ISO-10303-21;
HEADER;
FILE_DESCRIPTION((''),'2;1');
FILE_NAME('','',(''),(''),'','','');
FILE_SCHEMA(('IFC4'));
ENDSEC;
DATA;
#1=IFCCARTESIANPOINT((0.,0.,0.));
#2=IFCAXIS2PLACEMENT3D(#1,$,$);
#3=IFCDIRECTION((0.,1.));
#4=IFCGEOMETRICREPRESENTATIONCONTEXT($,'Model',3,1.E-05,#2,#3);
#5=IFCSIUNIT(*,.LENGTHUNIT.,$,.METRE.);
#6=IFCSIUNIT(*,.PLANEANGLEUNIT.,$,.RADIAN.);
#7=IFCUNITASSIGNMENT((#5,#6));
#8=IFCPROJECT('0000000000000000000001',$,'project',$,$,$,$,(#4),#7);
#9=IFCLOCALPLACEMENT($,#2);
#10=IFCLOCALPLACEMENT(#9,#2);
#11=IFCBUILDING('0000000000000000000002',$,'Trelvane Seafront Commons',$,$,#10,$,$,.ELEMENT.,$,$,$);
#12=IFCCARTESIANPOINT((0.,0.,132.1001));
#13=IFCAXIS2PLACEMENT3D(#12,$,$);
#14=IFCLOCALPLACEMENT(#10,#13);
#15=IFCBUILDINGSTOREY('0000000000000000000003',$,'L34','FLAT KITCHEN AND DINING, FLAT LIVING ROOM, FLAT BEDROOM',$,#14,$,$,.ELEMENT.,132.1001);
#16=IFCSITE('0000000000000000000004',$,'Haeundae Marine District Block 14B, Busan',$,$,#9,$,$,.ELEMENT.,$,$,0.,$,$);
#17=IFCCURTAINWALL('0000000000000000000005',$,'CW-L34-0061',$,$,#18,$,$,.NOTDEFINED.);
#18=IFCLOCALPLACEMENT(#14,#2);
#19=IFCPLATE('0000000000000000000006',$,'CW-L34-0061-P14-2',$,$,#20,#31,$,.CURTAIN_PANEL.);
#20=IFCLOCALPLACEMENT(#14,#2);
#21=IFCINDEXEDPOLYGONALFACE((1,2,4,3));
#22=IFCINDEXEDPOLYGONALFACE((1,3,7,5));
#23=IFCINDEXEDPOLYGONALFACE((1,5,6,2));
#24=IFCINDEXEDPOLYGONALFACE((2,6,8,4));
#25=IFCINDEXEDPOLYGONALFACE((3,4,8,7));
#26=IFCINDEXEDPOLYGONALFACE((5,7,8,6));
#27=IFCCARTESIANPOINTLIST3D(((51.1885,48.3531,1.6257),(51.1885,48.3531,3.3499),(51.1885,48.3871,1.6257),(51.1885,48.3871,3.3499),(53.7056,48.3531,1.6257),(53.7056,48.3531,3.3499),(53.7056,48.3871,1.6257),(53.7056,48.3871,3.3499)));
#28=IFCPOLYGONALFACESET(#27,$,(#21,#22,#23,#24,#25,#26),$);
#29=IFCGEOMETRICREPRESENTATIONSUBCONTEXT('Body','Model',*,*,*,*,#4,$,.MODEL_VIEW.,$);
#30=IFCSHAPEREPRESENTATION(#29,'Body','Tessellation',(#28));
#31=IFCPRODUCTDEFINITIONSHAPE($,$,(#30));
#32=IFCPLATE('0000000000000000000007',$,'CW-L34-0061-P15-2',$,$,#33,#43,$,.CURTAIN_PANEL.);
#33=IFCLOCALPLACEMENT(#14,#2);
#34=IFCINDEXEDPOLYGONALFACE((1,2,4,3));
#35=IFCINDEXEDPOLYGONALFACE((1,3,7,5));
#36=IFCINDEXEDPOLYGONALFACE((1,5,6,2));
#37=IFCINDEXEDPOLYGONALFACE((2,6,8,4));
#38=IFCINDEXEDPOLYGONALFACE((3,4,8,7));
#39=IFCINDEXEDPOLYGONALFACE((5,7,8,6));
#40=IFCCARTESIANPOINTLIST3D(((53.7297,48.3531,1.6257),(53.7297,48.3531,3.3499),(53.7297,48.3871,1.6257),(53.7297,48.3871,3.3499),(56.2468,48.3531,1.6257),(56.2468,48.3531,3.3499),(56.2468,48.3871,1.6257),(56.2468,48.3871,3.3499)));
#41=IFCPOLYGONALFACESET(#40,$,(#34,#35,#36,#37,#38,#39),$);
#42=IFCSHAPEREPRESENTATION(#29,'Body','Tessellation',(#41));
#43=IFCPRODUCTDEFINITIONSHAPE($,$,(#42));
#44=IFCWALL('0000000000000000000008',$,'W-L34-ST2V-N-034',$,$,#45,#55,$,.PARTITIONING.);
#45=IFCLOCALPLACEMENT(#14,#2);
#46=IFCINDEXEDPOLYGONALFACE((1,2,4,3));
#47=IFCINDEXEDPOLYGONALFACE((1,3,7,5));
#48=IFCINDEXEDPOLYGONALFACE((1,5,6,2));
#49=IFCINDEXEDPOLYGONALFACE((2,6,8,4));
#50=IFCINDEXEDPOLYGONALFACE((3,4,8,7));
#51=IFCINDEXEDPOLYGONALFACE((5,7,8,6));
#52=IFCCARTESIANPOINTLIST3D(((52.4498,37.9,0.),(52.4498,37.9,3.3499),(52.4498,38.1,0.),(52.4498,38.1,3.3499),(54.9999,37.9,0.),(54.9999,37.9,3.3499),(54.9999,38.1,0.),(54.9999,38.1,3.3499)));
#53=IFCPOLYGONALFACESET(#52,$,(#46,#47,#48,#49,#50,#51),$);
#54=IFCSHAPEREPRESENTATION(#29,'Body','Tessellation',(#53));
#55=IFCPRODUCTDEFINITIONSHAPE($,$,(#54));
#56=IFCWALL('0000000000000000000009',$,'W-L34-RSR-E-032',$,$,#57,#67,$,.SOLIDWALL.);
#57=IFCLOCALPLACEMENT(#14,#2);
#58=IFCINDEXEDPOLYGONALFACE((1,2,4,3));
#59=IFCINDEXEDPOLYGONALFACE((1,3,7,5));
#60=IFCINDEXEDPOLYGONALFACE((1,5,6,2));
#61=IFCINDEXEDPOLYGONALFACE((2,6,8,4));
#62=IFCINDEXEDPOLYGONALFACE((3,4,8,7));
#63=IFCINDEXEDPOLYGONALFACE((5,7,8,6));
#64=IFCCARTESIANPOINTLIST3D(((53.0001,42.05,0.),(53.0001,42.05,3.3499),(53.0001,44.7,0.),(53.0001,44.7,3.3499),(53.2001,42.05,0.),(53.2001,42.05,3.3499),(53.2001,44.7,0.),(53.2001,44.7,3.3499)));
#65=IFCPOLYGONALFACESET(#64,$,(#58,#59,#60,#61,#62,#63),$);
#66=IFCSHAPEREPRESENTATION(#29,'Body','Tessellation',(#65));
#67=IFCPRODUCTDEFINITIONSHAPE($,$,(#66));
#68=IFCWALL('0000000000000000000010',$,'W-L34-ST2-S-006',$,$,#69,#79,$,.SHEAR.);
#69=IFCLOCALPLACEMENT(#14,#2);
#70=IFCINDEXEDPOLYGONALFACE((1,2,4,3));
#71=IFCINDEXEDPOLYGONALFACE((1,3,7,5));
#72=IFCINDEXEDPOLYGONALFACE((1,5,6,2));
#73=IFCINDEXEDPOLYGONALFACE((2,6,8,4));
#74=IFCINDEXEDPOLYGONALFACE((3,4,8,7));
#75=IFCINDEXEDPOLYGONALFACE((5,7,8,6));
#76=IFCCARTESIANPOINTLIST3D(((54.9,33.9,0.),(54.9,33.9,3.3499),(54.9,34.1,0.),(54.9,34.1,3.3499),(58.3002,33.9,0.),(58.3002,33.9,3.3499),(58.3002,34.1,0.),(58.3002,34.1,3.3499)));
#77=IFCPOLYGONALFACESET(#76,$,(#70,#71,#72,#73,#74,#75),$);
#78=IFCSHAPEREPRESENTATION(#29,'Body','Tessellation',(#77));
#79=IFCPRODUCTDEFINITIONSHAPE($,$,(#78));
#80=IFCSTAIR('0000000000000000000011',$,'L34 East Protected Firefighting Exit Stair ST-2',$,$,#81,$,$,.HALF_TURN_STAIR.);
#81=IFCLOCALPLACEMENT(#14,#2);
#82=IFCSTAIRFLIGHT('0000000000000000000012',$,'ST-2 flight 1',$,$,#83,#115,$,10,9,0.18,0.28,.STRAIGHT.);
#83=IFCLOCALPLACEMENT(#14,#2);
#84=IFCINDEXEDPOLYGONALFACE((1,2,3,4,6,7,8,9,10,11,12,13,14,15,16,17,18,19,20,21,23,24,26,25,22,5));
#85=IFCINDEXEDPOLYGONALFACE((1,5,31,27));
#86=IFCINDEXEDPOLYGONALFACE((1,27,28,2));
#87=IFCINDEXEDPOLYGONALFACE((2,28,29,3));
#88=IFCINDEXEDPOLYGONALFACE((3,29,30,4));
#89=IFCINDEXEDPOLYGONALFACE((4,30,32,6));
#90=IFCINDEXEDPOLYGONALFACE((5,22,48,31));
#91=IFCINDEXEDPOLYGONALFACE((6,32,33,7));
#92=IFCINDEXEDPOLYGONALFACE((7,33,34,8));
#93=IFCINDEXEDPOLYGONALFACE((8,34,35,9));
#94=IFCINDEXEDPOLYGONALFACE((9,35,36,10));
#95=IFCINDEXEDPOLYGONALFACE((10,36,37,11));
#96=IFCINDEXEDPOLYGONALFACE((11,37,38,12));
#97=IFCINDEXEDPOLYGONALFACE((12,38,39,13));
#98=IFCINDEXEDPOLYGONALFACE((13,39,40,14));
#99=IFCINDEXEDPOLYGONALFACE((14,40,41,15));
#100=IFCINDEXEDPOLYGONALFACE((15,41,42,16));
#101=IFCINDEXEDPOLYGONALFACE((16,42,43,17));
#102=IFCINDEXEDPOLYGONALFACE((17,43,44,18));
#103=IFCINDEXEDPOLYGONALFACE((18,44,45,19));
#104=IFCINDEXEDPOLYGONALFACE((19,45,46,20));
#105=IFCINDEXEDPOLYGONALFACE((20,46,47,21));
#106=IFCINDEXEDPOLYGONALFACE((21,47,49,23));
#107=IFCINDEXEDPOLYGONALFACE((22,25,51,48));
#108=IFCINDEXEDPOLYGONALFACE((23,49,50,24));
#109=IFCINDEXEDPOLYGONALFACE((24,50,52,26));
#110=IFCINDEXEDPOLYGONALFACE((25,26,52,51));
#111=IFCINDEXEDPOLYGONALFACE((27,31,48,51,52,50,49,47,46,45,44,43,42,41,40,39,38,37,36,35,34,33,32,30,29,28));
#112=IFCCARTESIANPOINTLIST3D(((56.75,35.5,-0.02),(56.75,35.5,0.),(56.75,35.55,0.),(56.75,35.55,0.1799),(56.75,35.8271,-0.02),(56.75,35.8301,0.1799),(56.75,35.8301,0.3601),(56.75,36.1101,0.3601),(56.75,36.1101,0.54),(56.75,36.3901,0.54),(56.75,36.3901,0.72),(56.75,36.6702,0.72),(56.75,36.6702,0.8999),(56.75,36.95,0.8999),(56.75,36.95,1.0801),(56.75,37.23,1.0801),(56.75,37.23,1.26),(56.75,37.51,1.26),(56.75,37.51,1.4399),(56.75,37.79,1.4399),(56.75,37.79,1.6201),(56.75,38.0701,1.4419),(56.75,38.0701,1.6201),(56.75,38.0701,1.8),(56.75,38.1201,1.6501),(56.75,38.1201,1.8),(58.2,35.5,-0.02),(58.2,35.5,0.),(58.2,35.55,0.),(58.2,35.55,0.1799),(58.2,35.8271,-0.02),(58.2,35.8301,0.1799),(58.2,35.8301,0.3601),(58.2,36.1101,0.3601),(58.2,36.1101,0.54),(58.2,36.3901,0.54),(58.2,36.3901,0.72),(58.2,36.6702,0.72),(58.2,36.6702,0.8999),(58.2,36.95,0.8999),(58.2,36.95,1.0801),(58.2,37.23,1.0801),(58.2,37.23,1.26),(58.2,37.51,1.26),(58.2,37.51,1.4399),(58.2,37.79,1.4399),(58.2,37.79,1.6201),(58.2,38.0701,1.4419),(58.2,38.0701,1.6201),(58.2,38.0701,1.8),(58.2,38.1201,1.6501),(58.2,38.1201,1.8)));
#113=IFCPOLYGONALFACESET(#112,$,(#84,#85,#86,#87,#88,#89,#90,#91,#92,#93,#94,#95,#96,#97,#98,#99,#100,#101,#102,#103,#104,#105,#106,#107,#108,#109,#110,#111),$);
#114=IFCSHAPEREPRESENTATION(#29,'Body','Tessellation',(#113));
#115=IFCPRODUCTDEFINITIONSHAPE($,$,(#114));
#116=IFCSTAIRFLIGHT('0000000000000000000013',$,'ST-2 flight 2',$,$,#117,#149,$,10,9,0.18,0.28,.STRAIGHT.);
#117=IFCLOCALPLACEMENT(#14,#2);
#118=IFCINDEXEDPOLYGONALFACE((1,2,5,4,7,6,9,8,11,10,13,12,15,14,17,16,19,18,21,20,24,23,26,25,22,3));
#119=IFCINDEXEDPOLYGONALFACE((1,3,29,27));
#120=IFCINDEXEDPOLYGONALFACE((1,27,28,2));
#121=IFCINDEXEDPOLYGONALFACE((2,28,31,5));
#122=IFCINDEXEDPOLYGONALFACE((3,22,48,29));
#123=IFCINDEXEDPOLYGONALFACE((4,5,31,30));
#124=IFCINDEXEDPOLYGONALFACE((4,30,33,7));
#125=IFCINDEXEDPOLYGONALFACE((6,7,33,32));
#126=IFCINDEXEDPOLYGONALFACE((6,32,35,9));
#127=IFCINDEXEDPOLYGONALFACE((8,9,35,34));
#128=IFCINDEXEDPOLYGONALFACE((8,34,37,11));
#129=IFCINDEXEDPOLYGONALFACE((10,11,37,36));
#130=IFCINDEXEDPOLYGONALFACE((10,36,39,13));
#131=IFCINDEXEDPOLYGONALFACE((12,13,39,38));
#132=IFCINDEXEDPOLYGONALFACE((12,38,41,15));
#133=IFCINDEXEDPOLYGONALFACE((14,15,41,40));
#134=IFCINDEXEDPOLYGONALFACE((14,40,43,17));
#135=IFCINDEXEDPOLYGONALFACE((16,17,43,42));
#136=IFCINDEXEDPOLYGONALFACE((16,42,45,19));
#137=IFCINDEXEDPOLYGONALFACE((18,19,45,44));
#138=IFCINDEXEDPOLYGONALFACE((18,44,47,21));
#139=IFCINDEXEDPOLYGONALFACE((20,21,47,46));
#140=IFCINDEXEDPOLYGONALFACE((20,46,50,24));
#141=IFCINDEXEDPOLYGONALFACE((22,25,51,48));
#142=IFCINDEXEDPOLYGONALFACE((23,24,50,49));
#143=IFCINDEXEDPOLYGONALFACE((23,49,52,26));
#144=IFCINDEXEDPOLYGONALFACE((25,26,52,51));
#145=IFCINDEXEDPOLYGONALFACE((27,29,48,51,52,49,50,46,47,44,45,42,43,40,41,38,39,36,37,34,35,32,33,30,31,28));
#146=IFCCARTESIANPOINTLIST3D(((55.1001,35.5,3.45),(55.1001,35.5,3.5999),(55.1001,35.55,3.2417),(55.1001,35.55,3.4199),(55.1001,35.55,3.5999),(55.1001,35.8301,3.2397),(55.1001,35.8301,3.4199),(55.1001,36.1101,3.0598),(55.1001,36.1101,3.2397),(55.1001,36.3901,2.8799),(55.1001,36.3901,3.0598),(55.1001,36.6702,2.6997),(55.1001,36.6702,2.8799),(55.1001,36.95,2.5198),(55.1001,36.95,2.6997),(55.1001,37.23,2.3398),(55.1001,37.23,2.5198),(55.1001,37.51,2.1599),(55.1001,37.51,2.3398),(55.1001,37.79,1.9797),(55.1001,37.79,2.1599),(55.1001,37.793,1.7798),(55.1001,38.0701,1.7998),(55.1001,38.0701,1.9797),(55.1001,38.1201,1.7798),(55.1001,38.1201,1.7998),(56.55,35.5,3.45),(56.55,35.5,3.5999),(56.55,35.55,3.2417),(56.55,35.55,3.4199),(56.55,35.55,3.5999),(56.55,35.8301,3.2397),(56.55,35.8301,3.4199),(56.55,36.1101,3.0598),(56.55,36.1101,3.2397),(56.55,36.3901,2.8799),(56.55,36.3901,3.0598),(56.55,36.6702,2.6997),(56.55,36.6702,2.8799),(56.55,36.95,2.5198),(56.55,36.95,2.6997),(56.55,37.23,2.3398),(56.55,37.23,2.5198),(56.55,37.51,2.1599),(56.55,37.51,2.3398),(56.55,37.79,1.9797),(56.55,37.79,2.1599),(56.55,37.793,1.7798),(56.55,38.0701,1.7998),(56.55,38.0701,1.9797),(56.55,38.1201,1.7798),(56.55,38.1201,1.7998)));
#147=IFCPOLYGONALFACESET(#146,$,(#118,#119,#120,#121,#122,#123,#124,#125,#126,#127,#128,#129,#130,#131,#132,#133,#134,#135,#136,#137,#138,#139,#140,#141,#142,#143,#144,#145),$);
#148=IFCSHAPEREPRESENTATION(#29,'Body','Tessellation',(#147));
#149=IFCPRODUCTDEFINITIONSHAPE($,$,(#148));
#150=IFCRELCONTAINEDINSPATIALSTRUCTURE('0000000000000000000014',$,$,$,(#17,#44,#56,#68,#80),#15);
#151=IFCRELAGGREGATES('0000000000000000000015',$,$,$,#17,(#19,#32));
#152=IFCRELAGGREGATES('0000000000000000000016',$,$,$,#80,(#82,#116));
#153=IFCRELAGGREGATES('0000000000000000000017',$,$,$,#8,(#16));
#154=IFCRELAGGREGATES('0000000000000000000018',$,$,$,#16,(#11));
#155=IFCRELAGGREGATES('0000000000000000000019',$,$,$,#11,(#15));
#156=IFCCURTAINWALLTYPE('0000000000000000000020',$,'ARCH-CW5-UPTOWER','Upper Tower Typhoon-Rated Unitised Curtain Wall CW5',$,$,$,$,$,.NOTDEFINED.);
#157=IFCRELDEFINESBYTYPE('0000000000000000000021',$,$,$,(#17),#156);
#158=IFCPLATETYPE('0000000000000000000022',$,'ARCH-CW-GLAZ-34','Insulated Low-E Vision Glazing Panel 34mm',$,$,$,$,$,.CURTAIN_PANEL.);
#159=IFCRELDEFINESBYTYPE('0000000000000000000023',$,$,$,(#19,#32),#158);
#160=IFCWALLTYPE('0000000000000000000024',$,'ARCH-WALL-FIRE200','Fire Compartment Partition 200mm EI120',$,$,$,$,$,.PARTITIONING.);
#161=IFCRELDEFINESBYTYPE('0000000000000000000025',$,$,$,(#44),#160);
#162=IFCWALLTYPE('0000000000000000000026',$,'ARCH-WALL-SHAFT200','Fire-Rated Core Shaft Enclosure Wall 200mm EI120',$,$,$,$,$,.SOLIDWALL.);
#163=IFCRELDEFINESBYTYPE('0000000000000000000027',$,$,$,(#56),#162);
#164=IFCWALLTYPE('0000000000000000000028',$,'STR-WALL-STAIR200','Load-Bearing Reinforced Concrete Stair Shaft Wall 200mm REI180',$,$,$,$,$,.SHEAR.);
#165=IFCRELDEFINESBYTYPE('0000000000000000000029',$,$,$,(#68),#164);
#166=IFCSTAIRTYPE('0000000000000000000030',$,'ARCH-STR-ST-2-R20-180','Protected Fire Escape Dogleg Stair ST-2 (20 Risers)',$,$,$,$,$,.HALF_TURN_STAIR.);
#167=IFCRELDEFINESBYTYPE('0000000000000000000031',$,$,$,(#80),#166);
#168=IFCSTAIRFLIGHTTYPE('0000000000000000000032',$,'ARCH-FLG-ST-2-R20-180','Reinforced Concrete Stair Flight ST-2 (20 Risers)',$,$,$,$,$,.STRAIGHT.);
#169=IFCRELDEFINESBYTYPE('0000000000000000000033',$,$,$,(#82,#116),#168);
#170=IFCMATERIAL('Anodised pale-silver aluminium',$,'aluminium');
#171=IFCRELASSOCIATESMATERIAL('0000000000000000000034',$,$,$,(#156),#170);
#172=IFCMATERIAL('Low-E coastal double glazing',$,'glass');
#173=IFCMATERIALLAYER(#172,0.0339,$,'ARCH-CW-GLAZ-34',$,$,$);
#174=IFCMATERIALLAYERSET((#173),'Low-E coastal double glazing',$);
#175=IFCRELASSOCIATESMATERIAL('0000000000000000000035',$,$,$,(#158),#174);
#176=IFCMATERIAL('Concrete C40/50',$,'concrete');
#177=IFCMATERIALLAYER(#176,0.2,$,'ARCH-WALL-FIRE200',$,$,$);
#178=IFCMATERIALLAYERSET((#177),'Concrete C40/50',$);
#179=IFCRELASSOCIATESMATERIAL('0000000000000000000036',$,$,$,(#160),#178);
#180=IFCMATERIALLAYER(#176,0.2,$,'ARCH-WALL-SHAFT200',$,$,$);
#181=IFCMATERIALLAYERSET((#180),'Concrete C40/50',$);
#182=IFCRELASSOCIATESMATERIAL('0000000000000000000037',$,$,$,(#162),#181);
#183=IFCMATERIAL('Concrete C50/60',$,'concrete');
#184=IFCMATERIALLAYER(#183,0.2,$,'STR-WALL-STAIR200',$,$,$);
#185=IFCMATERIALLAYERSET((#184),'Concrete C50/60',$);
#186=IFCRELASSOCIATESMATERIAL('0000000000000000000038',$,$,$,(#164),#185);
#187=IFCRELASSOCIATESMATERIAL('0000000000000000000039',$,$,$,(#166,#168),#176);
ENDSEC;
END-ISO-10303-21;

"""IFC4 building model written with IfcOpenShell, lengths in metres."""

from ifc_helpers import new_model, si_unit, direction, frame, frame_2d, origin, origin_2d, place, context, subcontext, project, spatial, polyline, rectangle, outline, extrude, source, transform, mapped, material, layer, layer_set, type_object, element, aggregate, save


model = new_model("IFC4")

# Units and contexts
model_context = context("Model", 3, precision=1e-05, world=origin(), true_north=direction((0.0, 1.0)))
body_context = subcontext(model_context, "Body", "Model", "MODEL_VIEW")
ifc_project = project(units=[si_unit("LENGTHUNIT", "METRE"), si_unit("PLANEANGLEUNIT", "RADIAN")], contexts=[model_context])

# Site, building, storey
site_placement = place(None, origin())
site = spatial("IfcSite", under=ifc_project, at=site_placement, Name="Haeundae Marine District Block 14B, Busan", CompositionType="ELEMENT", RefElevation=0.0)
building_placement = place(site_placement, origin())
building = spatial("IfcBuilding", under=site, at=building_placement, Name="Trelvane Seafront Commons", CompositionType="ELEMENT")
storey_placement = place(building_placement, frame((0.0, 0.0, 132.1001)))
storey = spatial("IfcBuildingStorey", under=building, at=storey_placement, Name="L34", Description="FLAT KITCHEN AND DINING, FLAT LIVING ROOM, FLAT BEDROOM", CompositionType="ELEMENT", Elevation=132.1001)

# Curtain wall
ifc_material_1 = material(Name="Anodised pale-silver aluminium", Category="aluminium")
curtain_wall_type = type_object("IfcCurtainWallType", Name="ARCH-CW5-UPTOWER", Description="Upper Tower Typhoon-Rated Unitised Curtain Wall CW5", PredefinedType="NOTDEFINED", material=ifc_material_1)
curtain_wall_placement = place(storey_placement, origin())
curtain_wall = element("IfcCurtainWall", 1, at=curtain_wall_placement, inside=storey, type_object=curtain_wall_type, Name="CW-L34-0061", PredefinedType="NOTDEFINED")

# Plates
ifc_material_2 = material(Name="Low-E coastal double glazing", Category="glass")
ifc_layer_1 = layer(ifc_material_2, 0.0339, Name="ARCH-CW-GLAZ-34")
ifc_layer_set_1 = layer_set([ifc_layer_1], Name="Low-E coastal double glazing")
plate_type_1 = type_object("IfcPlateType", Name="ARCH-CW-GLAZ-34", Description="Insulated Low-E Vision Glazing Panel 34mm", PredefinedType="CURTAIN_PANEL", material=ifc_layer_set_1)
shared_shape_1 = source(origin(), body_context, "Body", "SweptSolid", [
    extrude(rectangle(XDim=2.5171, YDim=0.0339, at=origin_2d()), origin(), (0.0, 0.0, 1.0), 1.7241),
])
plate_1_placement = place(storey_placement, frame((52.447, 48.3701, 1.6257), z_axis=(0.0, 0.0, 1.0), x_axis=(1.0, 0.0, 0.0)))
plate_1 = element("IfcPlate", 2, at=plate_1_placement, type_object=plate_type_1, Name="CW-L34-0061-P14-2", PredefinedType="CURTAIN_PANEL", context=body_context, shape_type="MappedRepresentation", body=[
    mapped(shared_shape_1, transform((0.0, 0.0, 0.0), x_axis=(1.0, 0.0, 0.0), y_axis=(0.0, 1.0, 0.0), z_axis=(0.0, 0.0, 1.0), scale=1.0)),
])
plate_2_placement = place(storey_placement, frame((54.9883, 48.3701, 1.6257), z_axis=(0.0, 0.0, 1.0), x_axis=(1.0, 0.0, 0.0)))
plate_2 = element("IfcPlate", 3, at=plate_2_placement, type_object=plate_type_1, Name="CW-L34-0061-P15-2", PredefinedType="CURTAIN_PANEL", context=body_context, shape_type="MappedRepresentation", body=[
    mapped(shared_shape_1, transform((0.0, 0.0, 0.0), x_axis=(1.0, 0.0, 0.0), y_axis=(0.0, 1.0, 0.0), z_axis=(0.0, 0.0, 1.0), scale=1.0)),
])
aggregate(curtain_wall, [plate_1, plate_2])

# Walls
ifc_material_3 = material(Name="Concrete C40/50", Category="concrete")
ifc_layer_2 = layer(ifc_material_3, 0.2, Name="ARCH-WALL-FIRE200")
ifc_layer_set_2 = layer_set([ifc_layer_2], Name="Concrete C40/50")
wall_type_1 = type_object("IfcWallType", Name="ARCH-WALL-FIRE200", Description="Fire Compartment Partition 200mm EI120", PredefinedType="PARTITIONING", material=ifc_layer_set_2)
wall_1_placement = place(storey_placement, frame((52.45, 38.0, 0.0), z_axis=(0.0, 0.0, 1.0), x_axis=(1.0, 0.0, 0.0)))
element("IfcWall", 4, at=wall_1_placement, inside=storey, type_object=wall_type_1, Name="W-L34-ST2V-N-034", PredefinedType="PARTITIONING", context=body_context, shape_type="SweptSolid", body=[
    extrude(rectangle(XDim=2.55, YDim=0.2, at=frame_2d((1.2749, 0.0))), origin(), (0.0, 0.0, 1.0), 3.3499),
])
ifc_layer_3 = layer(ifc_material_3, 0.2, Name="ARCH-WALL-SHAFT200")
ifc_layer_set_3 = layer_set([ifc_layer_3], Name="Concrete C40/50")
wall_type_2 = type_object("IfcWallType", Name="ARCH-WALL-SHAFT200", Description="Fire-Rated Core Shaft Enclosure Wall 200mm EI120", PredefinedType="SOLIDWALL", material=ifc_layer_set_3)
wall_2_placement = place(storey_placement, frame((53.1001, 42.05, 0.0), z_axis=(0.0, 0.0, 1.0), x_axis=(0.0, 1.0, 0.0)))
element("IfcWall", 5, at=wall_2_placement, inside=storey, type_object=wall_type_2, Name="W-L34-RSR-E-032", PredefinedType="SOLIDWALL", context=body_context, shape_type="SweptSolid", body=[
    extrude(rectangle(XDim=2.6499, YDim=0.2, at=frame_2d((1.325, 0.0))), origin(), (0.0, 0.0, 1.0), 3.3499),
])
ifc_material_4 = material(Name="Concrete C50/60", Category="concrete")
ifc_layer_4 = layer(ifc_material_4, 0.2, Name="STR-WALL-STAIR200")
ifc_layer_set_4 = layer_set([ifc_layer_4], Name="Concrete C50/60")
wall_type_3 = type_object("IfcWallType", Name="STR-WALL-STAIR200", Description="Load-Bearing Reinforced Concrete Stair Shaft Wall 200mm REI180", PredefinedType="SHEAR", material=ifc_layer_set_4)
wall_3_placement = place(storey_placement, frame((54.8999, 34.0, 0.0), z_axis=(0.0, 0.0, 1.0), x_axis=(1.0, 0.0, 0.0)))
element("IfcWall", 6, at=wall_3_placement, inside=storey, type_object=wall_type_3, Name="W-L34-ST2-S-006", PredefinedType="SHEAR", context=body_context, shape_type="SweptSolid", body=[
    extrude(rectangle(XDim=3.4001, YDim=0.2, at=frame_2d((1.7002, 0.0))), origin(), (0.0, 0.0, 1.0), 3.3499),
])

# Stair, stair flights
stair_type = type_object("IfcStairType", Name="ARCH-STR-ST-2-R20-180", Description="Protected Fire Escape Dogleg Stair ST-2 (20 Risers)", PredefinedType="HALF_TURN_STAIR", material=ifc_material_3)
stair_placement = place(storey_placement, origin())
stair = element("IfcStair", 7, at=stair_placement, inside=storey, type_object=stair_type, Name="L34 East Protected Firefighting Exit Stair ST-2", PredefinedType="HALF_TURN_STAIR")
stair_flight_type = type_object("IfcStairFlightType", Name="ARCH-FLG-ST-2-R20-180", Description="Reinforced Concrete Stair Flight ST-2 (20 Risers)", PredefinedType="STRAIGHT", material=ifc_material_3)
shared_shape_2 = source(origin(), body_context, "Body", "SweptSolid", [
    extrude(outline(polyline([(-0.05, -0.02), (-0.05, 0.0), (0.0, 0.0), (0.0, 0.1799), (0.28, 0.1799), (0.28, 0.3601), (0.5601, 0.3601), (0.5601, 0.54), (0.8401, 0.54), (0.8401, 0.72), (1.1201, 0.72), (1.1201, 0.8999), (1.3999, 0.8999), (1.3999, 1.0801), (1.6799, 1.0801), (1.6799, 1.26), (1.96, 1.26), (1.96, 1.4399), (2.24, 1.4399), (2.24, 1.6201), (2.52, 1.6201), (2.52, 1.8), (2.5701, 1.8), (2.5701, 1.6501), (2.52, 1.4419), (0.2771, -0.02), (-0.05, -0.02)])), frame((0.0, 0.7251, 0.0), z_axis=(0.0, -1.0, 0.0), x_axis=(1.0, 0.0, 0.0)), (0.0, 0.0, 1.0), 1.45),
])
stair_flight_1_placement = place(storey_placement, frame((57.4751, 35.55, 0.0), z_axis=(0.0, 0.0, 1.0), x_axis=(0.0, 1.0, 0.0)))
stair_flight_1 = element("IfcStairFlight", 8, at=stair_flight_1_placement, type_object=stair_flight_type, Name="ST-2 flight 1", NumberOfRisers=10, NumberOfTreads=9, PredefinedType="STRAIGHT", RiserHeight=0.18, TreadLength=0.28, context=body_context, shape_type="MappedRepresentation", body=[
    mapped(shared_shape_2, transform((0.0, 0.0, 0.0), x_axis=(1.0, 0.0, 0.0), y_axis=(0.0, 1.0, 0.0), z_axis=(0.0, 0.0, 1.0), scale=1.0)),
])
stair_flight_2_placement = place(storey_placement, frame((55.825, 38.0701, 1.7998), z_axis=(0.0, 0.0, 1.0), x_axis=(0.0, -1.0, 0.0)))
stair_flight_2 = element("IfcStairFlight", 9, at=stair_flight_2_placement, type_object=stair_flight_type, Name="ST-2 flight 2", NumberOfRisers=10, NumberOfTreads=9, PredefinedType="STRAIGHT", RiserHeight=0.18, TreadLength=0.28, context=body_context, shape_type="MappedRepresentation", body=[
    mapped(shared_shape_2, transform((0.0, 0.0, 0.0), x_axis=(1.0, 0.0, 0.0), y_axis=(0.0, 1.0, 0.0), z_axis=(0.0, 0.0, 1.0), scale=1.0)),
])
aggregate(stair, [stair_flight_1, stair_flight_2])

save(model, "model.ifc")
